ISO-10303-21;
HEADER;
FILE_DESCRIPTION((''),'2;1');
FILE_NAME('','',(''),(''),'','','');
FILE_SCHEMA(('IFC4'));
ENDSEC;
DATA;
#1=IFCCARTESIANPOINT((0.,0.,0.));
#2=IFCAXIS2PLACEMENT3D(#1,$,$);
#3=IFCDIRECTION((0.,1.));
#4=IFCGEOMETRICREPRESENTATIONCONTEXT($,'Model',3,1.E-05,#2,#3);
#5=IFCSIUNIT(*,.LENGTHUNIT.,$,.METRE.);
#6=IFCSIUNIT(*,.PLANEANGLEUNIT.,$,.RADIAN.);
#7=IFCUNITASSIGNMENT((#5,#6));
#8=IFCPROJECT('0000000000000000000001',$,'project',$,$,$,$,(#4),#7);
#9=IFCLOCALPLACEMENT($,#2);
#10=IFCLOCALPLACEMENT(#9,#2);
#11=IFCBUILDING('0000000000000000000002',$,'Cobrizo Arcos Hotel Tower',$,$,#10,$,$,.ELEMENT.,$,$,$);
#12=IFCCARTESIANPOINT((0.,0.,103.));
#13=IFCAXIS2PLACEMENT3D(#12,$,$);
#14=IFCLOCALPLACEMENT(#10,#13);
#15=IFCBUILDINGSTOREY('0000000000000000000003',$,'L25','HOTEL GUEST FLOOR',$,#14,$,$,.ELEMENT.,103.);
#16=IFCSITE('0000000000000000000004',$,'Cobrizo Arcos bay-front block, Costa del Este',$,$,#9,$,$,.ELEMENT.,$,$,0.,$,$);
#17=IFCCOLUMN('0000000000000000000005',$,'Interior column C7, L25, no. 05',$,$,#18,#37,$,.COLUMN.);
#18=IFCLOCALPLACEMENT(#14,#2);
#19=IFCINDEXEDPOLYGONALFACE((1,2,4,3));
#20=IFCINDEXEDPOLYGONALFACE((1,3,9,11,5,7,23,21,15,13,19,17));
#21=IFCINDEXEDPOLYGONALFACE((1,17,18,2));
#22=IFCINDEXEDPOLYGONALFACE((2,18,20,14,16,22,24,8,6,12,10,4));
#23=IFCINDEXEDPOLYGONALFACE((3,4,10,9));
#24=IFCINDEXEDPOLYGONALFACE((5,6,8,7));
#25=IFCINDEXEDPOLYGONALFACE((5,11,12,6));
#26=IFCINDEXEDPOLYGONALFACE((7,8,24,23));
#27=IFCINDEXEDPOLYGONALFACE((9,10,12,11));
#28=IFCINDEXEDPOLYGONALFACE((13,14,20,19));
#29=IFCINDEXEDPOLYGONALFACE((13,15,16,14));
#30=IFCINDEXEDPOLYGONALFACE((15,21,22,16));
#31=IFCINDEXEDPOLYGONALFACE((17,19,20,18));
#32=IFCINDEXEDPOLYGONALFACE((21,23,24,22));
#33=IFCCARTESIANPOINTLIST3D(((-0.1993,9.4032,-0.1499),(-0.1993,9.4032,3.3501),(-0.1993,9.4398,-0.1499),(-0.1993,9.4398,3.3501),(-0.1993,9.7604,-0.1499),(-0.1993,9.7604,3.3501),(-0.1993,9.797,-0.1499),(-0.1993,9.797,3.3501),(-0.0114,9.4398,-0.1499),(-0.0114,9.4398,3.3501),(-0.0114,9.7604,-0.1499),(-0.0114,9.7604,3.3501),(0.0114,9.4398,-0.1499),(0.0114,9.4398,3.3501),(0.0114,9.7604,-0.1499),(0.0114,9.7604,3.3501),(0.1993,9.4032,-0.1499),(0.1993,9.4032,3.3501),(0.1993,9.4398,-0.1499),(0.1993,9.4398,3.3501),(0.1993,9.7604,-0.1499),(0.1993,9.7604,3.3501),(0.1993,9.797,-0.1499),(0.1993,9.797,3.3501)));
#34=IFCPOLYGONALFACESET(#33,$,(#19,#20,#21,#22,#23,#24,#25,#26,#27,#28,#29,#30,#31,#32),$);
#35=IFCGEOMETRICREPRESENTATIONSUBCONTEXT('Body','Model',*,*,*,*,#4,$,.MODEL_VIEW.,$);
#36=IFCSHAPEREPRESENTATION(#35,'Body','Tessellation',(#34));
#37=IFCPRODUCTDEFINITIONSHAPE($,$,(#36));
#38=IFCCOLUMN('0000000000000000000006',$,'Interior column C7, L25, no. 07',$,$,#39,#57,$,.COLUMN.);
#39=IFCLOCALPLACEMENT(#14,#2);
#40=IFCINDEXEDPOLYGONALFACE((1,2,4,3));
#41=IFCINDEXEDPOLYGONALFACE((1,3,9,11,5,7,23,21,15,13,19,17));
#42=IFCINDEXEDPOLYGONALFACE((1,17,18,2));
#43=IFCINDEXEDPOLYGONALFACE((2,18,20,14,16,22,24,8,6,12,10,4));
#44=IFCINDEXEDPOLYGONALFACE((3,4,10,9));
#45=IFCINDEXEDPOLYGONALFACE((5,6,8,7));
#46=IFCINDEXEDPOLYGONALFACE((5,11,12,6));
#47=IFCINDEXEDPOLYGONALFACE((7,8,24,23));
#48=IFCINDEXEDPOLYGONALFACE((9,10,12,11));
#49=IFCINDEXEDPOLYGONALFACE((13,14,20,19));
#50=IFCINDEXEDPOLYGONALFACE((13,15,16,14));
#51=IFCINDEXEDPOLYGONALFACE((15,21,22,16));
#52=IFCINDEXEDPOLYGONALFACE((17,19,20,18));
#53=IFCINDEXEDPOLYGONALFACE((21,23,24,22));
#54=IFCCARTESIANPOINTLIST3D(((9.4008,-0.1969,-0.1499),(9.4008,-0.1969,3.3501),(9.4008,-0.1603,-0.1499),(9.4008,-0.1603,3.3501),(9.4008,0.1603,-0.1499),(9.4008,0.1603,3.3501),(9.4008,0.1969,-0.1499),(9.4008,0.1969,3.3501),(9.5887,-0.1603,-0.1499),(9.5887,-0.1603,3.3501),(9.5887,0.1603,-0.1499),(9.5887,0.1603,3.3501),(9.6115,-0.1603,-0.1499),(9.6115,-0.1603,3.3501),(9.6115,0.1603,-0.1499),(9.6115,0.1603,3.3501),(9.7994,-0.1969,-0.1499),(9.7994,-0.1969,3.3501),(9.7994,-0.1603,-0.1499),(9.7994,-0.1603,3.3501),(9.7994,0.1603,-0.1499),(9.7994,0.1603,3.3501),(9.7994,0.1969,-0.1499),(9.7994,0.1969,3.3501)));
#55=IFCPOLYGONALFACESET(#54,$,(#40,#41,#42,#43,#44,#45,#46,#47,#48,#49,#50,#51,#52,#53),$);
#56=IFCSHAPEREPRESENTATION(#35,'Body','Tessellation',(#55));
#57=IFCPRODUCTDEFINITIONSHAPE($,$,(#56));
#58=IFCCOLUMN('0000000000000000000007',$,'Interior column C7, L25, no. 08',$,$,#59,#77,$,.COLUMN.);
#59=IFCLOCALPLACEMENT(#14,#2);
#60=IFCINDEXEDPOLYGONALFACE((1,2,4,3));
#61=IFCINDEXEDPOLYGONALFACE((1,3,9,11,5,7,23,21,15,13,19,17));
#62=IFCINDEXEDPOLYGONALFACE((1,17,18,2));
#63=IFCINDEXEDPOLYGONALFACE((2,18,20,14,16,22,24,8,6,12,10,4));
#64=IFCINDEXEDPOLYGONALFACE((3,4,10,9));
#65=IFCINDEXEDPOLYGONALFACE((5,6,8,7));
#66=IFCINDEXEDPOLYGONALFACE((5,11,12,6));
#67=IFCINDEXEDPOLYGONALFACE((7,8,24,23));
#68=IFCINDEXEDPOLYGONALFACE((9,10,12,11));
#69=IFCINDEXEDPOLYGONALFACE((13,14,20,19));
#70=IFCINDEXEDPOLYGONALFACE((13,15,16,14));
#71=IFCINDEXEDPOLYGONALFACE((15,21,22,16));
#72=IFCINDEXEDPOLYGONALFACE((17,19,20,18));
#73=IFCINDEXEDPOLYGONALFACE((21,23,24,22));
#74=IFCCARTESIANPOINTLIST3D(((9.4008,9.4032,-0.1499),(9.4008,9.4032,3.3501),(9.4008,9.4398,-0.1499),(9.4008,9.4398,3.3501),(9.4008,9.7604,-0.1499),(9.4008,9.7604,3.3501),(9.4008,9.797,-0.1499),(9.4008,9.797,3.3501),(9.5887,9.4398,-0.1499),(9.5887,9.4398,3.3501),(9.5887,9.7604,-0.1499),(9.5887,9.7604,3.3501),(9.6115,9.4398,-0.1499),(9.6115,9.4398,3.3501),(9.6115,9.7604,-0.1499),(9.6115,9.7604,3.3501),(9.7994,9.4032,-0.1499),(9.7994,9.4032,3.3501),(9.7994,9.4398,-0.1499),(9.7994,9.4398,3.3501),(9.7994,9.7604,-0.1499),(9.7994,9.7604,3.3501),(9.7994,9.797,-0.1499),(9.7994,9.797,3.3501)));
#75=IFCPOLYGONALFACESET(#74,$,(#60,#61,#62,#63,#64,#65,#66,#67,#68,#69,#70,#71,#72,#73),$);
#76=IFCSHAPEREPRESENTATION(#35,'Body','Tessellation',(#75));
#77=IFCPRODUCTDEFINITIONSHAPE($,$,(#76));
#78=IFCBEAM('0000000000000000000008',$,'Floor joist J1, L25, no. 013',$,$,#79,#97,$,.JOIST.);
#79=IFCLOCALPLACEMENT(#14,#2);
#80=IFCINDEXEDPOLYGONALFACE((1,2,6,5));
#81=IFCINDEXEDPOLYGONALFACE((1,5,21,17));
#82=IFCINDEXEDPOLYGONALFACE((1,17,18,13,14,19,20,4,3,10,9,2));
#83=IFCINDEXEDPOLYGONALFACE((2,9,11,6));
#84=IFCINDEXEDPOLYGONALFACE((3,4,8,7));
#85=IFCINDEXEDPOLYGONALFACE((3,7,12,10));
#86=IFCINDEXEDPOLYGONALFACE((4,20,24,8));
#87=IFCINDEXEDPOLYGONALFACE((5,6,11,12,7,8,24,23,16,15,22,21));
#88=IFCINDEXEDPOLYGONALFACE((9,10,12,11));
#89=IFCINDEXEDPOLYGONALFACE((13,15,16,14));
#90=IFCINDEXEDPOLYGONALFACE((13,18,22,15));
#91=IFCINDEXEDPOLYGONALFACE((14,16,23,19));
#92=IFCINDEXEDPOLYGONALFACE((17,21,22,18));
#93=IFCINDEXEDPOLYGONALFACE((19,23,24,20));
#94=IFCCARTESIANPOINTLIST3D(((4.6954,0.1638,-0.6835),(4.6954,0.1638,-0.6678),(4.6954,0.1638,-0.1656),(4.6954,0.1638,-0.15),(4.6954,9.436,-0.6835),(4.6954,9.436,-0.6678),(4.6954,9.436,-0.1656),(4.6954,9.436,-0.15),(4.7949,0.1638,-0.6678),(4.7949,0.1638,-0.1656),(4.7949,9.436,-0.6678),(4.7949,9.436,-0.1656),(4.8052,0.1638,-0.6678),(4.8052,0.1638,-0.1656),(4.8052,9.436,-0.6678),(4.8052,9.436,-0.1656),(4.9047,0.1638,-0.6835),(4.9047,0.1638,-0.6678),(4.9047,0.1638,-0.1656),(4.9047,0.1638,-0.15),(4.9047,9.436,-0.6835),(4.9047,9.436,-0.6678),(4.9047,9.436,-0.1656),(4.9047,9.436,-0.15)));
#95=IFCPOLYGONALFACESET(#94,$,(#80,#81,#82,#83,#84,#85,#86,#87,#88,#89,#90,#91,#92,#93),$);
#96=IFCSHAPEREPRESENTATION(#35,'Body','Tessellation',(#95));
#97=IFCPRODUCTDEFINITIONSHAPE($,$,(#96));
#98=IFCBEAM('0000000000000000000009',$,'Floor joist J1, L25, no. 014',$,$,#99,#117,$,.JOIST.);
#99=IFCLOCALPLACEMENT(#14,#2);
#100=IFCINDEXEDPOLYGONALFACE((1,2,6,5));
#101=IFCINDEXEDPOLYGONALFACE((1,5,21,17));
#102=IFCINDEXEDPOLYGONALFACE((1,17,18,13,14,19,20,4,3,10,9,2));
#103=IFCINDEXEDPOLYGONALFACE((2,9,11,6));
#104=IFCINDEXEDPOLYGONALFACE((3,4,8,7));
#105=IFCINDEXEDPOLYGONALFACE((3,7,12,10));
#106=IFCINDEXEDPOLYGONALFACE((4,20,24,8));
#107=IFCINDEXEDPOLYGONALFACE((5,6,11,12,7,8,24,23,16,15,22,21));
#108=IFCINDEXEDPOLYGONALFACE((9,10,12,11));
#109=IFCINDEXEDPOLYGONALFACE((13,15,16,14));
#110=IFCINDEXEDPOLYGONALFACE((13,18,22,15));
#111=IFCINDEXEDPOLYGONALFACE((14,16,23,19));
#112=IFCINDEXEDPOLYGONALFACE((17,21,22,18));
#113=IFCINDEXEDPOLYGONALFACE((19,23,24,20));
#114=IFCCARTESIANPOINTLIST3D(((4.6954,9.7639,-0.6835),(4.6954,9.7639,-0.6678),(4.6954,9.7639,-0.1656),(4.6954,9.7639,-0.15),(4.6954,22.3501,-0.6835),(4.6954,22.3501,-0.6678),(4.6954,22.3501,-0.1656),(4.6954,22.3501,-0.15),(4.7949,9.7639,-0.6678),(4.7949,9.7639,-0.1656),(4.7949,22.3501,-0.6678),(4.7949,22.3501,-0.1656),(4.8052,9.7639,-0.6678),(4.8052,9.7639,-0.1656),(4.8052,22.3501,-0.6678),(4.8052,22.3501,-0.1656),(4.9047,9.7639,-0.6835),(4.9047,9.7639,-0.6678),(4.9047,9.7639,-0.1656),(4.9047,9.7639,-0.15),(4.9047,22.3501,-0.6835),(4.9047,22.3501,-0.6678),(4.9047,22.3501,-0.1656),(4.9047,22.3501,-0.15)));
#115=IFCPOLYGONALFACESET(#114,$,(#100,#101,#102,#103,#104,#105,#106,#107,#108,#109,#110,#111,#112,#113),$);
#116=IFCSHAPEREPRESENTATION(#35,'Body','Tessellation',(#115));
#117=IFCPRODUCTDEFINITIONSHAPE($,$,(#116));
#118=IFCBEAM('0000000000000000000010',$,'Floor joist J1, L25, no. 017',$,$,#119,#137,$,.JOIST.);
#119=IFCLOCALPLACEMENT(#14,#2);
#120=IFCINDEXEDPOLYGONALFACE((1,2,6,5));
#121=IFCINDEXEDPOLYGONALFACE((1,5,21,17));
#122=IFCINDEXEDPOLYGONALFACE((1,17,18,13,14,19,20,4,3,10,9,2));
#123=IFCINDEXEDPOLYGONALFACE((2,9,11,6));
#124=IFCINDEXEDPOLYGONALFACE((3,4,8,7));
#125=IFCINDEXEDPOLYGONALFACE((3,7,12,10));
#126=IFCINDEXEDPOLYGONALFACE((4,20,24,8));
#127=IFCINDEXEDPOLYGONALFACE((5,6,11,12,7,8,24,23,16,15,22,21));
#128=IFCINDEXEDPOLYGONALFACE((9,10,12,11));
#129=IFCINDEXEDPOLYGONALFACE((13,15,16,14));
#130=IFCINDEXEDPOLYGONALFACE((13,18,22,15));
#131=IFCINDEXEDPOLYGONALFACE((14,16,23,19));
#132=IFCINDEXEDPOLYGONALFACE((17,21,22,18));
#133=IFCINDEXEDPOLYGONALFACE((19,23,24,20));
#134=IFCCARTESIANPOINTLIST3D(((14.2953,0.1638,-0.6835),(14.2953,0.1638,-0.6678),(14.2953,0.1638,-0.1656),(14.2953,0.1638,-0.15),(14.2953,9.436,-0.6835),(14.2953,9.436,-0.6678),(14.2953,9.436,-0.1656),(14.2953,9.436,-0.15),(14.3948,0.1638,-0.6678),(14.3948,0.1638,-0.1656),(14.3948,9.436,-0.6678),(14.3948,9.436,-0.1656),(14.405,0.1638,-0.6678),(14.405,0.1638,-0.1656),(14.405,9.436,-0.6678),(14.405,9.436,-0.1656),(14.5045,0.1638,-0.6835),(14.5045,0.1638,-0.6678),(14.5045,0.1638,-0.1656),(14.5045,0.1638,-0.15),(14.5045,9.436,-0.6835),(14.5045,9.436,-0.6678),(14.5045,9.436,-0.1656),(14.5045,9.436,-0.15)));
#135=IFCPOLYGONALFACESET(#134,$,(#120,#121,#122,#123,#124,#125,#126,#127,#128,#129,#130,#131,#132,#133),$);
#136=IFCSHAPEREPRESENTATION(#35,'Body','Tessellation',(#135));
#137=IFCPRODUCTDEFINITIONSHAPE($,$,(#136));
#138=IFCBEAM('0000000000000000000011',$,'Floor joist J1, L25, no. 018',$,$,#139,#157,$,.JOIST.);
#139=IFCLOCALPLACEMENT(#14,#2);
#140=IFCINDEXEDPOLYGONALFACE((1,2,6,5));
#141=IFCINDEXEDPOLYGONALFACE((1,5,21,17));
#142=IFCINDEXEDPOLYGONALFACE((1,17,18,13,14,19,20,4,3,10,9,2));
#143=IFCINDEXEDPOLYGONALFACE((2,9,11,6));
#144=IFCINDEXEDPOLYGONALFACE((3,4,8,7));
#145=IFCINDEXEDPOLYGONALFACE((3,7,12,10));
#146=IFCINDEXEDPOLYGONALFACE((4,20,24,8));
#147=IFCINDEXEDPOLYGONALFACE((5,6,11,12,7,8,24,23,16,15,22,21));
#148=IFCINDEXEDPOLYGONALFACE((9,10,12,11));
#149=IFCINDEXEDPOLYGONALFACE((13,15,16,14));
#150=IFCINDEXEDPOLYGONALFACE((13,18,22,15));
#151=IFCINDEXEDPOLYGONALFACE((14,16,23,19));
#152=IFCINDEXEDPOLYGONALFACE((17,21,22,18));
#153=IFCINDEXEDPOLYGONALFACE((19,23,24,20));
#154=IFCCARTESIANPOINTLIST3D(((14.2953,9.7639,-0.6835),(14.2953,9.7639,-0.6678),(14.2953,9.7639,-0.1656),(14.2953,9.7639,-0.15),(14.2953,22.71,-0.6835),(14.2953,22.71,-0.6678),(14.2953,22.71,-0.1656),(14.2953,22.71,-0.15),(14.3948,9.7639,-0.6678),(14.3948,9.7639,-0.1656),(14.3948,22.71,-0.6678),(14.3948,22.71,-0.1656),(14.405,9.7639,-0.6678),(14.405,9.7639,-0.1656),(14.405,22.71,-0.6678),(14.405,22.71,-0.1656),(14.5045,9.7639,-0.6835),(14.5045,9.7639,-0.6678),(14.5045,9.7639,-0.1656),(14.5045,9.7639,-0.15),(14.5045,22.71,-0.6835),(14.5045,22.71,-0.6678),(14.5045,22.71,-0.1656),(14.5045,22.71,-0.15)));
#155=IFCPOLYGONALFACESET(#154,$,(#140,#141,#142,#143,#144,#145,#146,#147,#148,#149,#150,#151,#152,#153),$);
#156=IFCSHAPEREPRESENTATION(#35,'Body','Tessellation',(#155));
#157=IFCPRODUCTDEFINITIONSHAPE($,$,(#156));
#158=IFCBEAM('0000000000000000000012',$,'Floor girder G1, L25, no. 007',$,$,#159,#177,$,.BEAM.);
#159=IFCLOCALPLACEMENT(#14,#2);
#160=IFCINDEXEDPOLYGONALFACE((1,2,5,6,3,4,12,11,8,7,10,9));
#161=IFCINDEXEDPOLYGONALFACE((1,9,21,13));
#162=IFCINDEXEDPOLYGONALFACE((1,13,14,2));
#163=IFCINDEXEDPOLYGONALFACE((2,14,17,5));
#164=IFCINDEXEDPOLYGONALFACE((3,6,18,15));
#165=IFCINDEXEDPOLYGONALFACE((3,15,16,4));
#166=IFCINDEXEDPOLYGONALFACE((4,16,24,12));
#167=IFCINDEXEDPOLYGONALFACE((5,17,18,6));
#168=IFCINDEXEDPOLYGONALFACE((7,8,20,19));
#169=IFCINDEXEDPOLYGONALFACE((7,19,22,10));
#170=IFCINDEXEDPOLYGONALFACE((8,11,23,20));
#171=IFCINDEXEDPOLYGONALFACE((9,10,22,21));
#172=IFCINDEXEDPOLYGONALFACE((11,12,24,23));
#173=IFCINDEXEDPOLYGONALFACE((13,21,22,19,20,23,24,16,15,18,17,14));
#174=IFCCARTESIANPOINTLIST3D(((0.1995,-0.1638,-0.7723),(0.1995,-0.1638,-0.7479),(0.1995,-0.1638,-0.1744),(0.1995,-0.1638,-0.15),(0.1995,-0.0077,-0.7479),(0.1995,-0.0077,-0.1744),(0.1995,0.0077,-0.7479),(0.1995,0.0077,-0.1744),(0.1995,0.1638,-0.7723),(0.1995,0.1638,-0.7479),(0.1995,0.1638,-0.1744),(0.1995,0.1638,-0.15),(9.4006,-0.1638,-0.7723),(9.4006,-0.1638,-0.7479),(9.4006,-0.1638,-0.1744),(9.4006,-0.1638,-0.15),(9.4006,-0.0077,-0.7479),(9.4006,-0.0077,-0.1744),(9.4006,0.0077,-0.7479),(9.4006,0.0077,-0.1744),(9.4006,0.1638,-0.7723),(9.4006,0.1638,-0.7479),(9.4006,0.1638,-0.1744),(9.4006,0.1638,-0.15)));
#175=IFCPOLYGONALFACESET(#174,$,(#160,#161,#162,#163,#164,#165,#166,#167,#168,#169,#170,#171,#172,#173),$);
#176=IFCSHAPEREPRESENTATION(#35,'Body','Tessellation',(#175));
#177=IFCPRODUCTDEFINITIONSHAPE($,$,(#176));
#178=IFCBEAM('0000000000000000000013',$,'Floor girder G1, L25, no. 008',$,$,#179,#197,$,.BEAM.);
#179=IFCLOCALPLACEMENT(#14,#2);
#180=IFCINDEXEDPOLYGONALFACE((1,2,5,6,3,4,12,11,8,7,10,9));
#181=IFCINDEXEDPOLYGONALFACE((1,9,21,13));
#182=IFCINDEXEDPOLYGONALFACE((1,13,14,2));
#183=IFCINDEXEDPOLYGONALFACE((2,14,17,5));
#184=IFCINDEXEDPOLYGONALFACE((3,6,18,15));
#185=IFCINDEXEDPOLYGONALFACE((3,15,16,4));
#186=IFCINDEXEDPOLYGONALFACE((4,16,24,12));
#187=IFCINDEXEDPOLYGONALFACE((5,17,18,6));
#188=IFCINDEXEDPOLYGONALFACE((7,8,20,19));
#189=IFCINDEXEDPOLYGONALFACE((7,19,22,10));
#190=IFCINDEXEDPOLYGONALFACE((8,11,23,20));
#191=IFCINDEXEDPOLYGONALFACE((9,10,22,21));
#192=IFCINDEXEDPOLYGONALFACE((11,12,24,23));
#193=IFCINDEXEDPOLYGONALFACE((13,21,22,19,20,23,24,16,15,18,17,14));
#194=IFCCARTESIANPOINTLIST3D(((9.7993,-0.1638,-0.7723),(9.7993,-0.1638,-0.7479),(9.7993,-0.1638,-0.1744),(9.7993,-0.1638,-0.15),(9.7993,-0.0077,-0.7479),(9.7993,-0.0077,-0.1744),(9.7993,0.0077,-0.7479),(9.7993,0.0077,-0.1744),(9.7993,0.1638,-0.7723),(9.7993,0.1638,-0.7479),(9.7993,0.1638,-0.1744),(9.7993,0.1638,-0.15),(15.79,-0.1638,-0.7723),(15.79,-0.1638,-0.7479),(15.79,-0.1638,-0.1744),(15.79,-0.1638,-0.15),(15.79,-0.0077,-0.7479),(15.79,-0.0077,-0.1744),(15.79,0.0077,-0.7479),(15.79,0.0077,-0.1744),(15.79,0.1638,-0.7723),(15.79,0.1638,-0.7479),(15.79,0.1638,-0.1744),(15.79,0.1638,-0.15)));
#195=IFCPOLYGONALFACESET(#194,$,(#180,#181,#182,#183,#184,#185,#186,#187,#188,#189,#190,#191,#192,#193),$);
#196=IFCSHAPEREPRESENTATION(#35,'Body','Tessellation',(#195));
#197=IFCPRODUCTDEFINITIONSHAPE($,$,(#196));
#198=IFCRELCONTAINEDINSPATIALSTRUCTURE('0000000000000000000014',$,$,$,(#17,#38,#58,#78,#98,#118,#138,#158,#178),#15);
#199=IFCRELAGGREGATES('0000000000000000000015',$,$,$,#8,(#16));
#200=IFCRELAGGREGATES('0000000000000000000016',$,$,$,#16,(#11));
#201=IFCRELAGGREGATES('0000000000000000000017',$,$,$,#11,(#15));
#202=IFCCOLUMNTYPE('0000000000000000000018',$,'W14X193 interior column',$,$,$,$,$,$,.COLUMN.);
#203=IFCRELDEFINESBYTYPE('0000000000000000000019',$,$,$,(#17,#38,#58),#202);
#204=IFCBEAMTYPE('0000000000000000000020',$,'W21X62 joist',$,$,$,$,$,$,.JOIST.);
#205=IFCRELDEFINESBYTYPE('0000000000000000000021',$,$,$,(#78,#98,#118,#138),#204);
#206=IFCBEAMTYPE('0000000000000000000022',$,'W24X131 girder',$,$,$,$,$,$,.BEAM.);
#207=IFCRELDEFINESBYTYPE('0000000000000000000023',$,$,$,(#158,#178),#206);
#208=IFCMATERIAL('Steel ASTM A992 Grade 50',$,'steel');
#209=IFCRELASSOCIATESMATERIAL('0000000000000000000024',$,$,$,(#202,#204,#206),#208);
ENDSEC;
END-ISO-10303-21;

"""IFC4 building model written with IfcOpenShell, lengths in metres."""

from ifc_helpers import new_model, si_unit, direction, frame, origin, origin_2d, place, context, subcontext, project, spatial, i_section, extrude, material, material_profile, profile_set, type_object, element, save


model = new_model("IFC4")

# Units and contexts
model_context = context("Model", 3, precision=1e-05, world=origin(), true_north=direction((0.0, 1.0)))
body_context = subcontext(model_context, "Body", "Model", "MODEL_VIEW")
ifc_project = project(units=[si_unit("LENGTHUNIT", "METRE"), si_unit("PLANEANGLEUNIT", "RADIAN")], contexts=[model_context])

# Site, building, storey
site_placement = place(None, origin())
site = spatial("IfcSite", under=ifc_project, at=site_placement, Name="Cobrizo Arcos bay-front block, Costa del Este", CompositionType="ELEMENT", RefElevation=0.0)
building_placement = place(site_placement, origin())
building = spatial("IfcBuilding", under=site, at=building_placement, Name="Cobrizo Arcos Hotel Tower", CompositionType="ELEMENT")
storey_placement = place(building_placement, frame((0.0, 0.0, 103.0)))
storey = spatial("IfcBuildingStorey", under=building, at=storey_placement, Name="L25", Description="HOTEL GUEST FLOOR", CompositionType="ELEMENT", Elevation=103.0)

# Columns
ifc_material_1 = material(Name="Steel ASTM A992 Grade 50", Category="steel")
ifc_material_profile_1 = material_profile(ifc_material_1, i_section(OverallWidth=0.3987, OverallDepth=0.3938, WebThickness=0.0227, FlangeThickness=0.0366, at=origin_2d()), Name="W14X193")
ifc_profile_set_1 = profile_set([ifc_material_profile_1], Name="Steel ASTM A992 Grade 50")
column_type = type_object("IfcColumnType", Name="W14X193 interior column", PredefinedType="COLUMN", material=ifc_profile_set_1)
for number, where, z_axis, x_axis, name in (
    (1, (0.0, 9.6001, -0.1499), (0.0, 0.0, 1.0), (1.0, 0.0, 0.0), "Interior column C7, L25, no. 05"),
    (2, (9.6001, 0.0, -0.1499), (0.0, 0.0, 1.0), (1.0, 0.0, 0.0), "Interior column C7, L25, no. 07"),
    (3, (9.6001, 9.6001, -0.1499), (0.0, 0.0, 1.0), (1.0, 0.0, 0.0), "Interior column C7, L25, no. 08"),
):
    element("IfcColumn", number, at=place(storey_placement, frame(where, z_axis=z_axis, x_axis=x_axis)), inside=storey, type_object=column_type, Name=name, PredefinedType="COLUMN", context=body_context, shape_type="SweptSolid", body=[
        extrude(i_section(OverallWidth=0.3987, OverallDepth=0.3938, WebThickness=0.0227, FlangeThickness=0.0366, at=origin_2d()), origin(), (0.0, 0.0, 1.0), 3.5),
    ])

# Beams
ifc_material_profile_2 = material_profile(ifc_material_1, i_section(OverallWidth=0.2092, OverallDepth=0.5334, WebThickness=0.0103, FlangeThickness=0.0156, at=origin_2d()), Name="W21X62")
ifc_profile_set_2 = profile_set([ifc_material_profile_2], Name="Steel ASTM A992 Grade 50")
beam_type_1 = type_object("IfcBeamType", Name="W21X62 joist", PredefinedType="JOIST", material=ifc_profile_set_2)
beam_1_placement = place(storey_placement, frame((4.8, 0.1638, -0.4167), z_axis=(0.0, 1.0, 0.0), x_axis=(-1.0, 0.0, 0.0)))
element("IfcBeam", 4, at=beam_1_placement, inside=storey, type_object=beam_type_1, Name="Floor joist J1, L25, no. 013", PredefinedType="JOIST", context=body_context, shape_type="SweptSolid", body=[
    extrude(i_section(OverallWidth=0.2092, OverallDepth=0.5334, WebThickness=0.0103, FlangeThickness=0.0156, at=origin_2d()), origin(), (0.0, 0.0, 1.0), 9.2722),
])
beam_2_placement = place(storey_placement, frame((4.8, 9.7639, -0.4167), z_axis=(0.0, 1.0, 0.0), x_axis=(-1.0, 0.0, 0.0)))
element("IfcBeam", 5, at=beam_2_placement, inside=storey, type_object=beam_type_1, Name="Floor joist J1, L25, no. 014", PredefinedType="JOIST", context=body_context, shape_type="SweptSolid", body=[
    extrude(i_section(OverallWidth=0.2092, OverallDepth=0.5334, WebThickness=0.0103, FlangeThickness=0.0156, at=origin_2d()), origin(), (0.0, 0.0, 1.0), 12.5862),
])
beam_3_placement = place(storey_placement, frame((14.3999, 0.1638, -0.4167), z_axis=(0.0, 1.0, 0.0), x_axis=(-1.0, 0.0, 0.0)))
element("IfcBeam", 6, at=beam_3_placement, inside=storey, type_object=beam_type_1, Name="Floor joist J1, L25, no. 017", PredefinedType="JOIST", context=body_context, shape_type="SweptSolid", body=[
    extrude(i_section(OverallWidth=0.2092, OverallDepth=0.5334, WebThickness=0.0103, FlangeThickness=0.0156, at=origin_2d()), origin(), (0.0, 0.0, 1.0), 9.2722),
])
beam_4_placement = place(storey_placement, frame((14.3999, 9.7639, -0.4167), z_axis=(0.0, 1.0, 0.0), x_axis=(-1.0, 0.0, 0.0)))
element("IfcBeam", 7, at=beam_4_placement, inside=storey, type_object=beam_type_1, Name="Floor joist J1, L25, no. 018", PredefinedType="JOIST", context=body_context, shape_type="SweptSolid", body=[
    extrude(i_section(OverallWidth=0.2092, OverallDepth=0.5334, WebThickness=0.0103, FlangeThickness=0.0156, at=origin_2d()), origin(), (0.0, 0.0, 1.0), 12.946),
])
ifc_material_profile_3 = material_profile(ifc_material_1, i_section(OverallWidth=0.3276, OverallDepth=0.6223, WebThickness=0.0154, FlangeThickness=0.0244, at=origin_2d()), Name="W24X131")
ifc_profile_set_3 = profile_set([ifc_material_profile_3], Name="Steel ASTM A992 Grade 50")
beam_type_2 = type_object("IfcBeamType", Name="W24X131 girder", PredefinedType="BEAM", material=ifc_profile_set_3)
beam_5_placement = place(storey_placement, frame((0.1995, 0.0, -0.4612), z_axis=(1.0, 0.0, 0.0), x_axis=(0.0, 1.0, 0.0)))
element("IfcBeam", 8, at=beam_5_placement, inside=storey, type_object=beam_type_2, Name="Floor girder G1, L25, no. 007", PredefinedType="BEAM", context=body_context, shape_type="SweptSolid", body=[
    extrude(i_section(OverallWidth=0.3276, OverallDepth=0.6223, WebThickness=0.0154, FlangeThickness=0.0244, at=origin_2d()), origin(), (0.0, 0.0, 1.0), 9.2012),
])
beam_6_placement = place(storey_placement, frame((9.7993, 0.0, -0.4612), z_axis=(1.0, 0.0, 0.0), x_axis=(0.0, 1.0, 0.0)))
element("IfcBeam", 9, at=beam_6_placement, inside=storey, type_object=beam_type_2, Name="Floor girder G1, L25, no. 008", PredefinedType="BEAM", context=body_context, shape_type="SweptSolid", body=[
    extrude(i_section(OverallWidth=0.3276, OverallDepth=0.6223, WebThickness=0.0154, FlangeThickness=0.0244, at=origin_2d()), origin(), (0.0, 0.0, 1.0), 5.9907),
])

save(model, "model.ifc")
